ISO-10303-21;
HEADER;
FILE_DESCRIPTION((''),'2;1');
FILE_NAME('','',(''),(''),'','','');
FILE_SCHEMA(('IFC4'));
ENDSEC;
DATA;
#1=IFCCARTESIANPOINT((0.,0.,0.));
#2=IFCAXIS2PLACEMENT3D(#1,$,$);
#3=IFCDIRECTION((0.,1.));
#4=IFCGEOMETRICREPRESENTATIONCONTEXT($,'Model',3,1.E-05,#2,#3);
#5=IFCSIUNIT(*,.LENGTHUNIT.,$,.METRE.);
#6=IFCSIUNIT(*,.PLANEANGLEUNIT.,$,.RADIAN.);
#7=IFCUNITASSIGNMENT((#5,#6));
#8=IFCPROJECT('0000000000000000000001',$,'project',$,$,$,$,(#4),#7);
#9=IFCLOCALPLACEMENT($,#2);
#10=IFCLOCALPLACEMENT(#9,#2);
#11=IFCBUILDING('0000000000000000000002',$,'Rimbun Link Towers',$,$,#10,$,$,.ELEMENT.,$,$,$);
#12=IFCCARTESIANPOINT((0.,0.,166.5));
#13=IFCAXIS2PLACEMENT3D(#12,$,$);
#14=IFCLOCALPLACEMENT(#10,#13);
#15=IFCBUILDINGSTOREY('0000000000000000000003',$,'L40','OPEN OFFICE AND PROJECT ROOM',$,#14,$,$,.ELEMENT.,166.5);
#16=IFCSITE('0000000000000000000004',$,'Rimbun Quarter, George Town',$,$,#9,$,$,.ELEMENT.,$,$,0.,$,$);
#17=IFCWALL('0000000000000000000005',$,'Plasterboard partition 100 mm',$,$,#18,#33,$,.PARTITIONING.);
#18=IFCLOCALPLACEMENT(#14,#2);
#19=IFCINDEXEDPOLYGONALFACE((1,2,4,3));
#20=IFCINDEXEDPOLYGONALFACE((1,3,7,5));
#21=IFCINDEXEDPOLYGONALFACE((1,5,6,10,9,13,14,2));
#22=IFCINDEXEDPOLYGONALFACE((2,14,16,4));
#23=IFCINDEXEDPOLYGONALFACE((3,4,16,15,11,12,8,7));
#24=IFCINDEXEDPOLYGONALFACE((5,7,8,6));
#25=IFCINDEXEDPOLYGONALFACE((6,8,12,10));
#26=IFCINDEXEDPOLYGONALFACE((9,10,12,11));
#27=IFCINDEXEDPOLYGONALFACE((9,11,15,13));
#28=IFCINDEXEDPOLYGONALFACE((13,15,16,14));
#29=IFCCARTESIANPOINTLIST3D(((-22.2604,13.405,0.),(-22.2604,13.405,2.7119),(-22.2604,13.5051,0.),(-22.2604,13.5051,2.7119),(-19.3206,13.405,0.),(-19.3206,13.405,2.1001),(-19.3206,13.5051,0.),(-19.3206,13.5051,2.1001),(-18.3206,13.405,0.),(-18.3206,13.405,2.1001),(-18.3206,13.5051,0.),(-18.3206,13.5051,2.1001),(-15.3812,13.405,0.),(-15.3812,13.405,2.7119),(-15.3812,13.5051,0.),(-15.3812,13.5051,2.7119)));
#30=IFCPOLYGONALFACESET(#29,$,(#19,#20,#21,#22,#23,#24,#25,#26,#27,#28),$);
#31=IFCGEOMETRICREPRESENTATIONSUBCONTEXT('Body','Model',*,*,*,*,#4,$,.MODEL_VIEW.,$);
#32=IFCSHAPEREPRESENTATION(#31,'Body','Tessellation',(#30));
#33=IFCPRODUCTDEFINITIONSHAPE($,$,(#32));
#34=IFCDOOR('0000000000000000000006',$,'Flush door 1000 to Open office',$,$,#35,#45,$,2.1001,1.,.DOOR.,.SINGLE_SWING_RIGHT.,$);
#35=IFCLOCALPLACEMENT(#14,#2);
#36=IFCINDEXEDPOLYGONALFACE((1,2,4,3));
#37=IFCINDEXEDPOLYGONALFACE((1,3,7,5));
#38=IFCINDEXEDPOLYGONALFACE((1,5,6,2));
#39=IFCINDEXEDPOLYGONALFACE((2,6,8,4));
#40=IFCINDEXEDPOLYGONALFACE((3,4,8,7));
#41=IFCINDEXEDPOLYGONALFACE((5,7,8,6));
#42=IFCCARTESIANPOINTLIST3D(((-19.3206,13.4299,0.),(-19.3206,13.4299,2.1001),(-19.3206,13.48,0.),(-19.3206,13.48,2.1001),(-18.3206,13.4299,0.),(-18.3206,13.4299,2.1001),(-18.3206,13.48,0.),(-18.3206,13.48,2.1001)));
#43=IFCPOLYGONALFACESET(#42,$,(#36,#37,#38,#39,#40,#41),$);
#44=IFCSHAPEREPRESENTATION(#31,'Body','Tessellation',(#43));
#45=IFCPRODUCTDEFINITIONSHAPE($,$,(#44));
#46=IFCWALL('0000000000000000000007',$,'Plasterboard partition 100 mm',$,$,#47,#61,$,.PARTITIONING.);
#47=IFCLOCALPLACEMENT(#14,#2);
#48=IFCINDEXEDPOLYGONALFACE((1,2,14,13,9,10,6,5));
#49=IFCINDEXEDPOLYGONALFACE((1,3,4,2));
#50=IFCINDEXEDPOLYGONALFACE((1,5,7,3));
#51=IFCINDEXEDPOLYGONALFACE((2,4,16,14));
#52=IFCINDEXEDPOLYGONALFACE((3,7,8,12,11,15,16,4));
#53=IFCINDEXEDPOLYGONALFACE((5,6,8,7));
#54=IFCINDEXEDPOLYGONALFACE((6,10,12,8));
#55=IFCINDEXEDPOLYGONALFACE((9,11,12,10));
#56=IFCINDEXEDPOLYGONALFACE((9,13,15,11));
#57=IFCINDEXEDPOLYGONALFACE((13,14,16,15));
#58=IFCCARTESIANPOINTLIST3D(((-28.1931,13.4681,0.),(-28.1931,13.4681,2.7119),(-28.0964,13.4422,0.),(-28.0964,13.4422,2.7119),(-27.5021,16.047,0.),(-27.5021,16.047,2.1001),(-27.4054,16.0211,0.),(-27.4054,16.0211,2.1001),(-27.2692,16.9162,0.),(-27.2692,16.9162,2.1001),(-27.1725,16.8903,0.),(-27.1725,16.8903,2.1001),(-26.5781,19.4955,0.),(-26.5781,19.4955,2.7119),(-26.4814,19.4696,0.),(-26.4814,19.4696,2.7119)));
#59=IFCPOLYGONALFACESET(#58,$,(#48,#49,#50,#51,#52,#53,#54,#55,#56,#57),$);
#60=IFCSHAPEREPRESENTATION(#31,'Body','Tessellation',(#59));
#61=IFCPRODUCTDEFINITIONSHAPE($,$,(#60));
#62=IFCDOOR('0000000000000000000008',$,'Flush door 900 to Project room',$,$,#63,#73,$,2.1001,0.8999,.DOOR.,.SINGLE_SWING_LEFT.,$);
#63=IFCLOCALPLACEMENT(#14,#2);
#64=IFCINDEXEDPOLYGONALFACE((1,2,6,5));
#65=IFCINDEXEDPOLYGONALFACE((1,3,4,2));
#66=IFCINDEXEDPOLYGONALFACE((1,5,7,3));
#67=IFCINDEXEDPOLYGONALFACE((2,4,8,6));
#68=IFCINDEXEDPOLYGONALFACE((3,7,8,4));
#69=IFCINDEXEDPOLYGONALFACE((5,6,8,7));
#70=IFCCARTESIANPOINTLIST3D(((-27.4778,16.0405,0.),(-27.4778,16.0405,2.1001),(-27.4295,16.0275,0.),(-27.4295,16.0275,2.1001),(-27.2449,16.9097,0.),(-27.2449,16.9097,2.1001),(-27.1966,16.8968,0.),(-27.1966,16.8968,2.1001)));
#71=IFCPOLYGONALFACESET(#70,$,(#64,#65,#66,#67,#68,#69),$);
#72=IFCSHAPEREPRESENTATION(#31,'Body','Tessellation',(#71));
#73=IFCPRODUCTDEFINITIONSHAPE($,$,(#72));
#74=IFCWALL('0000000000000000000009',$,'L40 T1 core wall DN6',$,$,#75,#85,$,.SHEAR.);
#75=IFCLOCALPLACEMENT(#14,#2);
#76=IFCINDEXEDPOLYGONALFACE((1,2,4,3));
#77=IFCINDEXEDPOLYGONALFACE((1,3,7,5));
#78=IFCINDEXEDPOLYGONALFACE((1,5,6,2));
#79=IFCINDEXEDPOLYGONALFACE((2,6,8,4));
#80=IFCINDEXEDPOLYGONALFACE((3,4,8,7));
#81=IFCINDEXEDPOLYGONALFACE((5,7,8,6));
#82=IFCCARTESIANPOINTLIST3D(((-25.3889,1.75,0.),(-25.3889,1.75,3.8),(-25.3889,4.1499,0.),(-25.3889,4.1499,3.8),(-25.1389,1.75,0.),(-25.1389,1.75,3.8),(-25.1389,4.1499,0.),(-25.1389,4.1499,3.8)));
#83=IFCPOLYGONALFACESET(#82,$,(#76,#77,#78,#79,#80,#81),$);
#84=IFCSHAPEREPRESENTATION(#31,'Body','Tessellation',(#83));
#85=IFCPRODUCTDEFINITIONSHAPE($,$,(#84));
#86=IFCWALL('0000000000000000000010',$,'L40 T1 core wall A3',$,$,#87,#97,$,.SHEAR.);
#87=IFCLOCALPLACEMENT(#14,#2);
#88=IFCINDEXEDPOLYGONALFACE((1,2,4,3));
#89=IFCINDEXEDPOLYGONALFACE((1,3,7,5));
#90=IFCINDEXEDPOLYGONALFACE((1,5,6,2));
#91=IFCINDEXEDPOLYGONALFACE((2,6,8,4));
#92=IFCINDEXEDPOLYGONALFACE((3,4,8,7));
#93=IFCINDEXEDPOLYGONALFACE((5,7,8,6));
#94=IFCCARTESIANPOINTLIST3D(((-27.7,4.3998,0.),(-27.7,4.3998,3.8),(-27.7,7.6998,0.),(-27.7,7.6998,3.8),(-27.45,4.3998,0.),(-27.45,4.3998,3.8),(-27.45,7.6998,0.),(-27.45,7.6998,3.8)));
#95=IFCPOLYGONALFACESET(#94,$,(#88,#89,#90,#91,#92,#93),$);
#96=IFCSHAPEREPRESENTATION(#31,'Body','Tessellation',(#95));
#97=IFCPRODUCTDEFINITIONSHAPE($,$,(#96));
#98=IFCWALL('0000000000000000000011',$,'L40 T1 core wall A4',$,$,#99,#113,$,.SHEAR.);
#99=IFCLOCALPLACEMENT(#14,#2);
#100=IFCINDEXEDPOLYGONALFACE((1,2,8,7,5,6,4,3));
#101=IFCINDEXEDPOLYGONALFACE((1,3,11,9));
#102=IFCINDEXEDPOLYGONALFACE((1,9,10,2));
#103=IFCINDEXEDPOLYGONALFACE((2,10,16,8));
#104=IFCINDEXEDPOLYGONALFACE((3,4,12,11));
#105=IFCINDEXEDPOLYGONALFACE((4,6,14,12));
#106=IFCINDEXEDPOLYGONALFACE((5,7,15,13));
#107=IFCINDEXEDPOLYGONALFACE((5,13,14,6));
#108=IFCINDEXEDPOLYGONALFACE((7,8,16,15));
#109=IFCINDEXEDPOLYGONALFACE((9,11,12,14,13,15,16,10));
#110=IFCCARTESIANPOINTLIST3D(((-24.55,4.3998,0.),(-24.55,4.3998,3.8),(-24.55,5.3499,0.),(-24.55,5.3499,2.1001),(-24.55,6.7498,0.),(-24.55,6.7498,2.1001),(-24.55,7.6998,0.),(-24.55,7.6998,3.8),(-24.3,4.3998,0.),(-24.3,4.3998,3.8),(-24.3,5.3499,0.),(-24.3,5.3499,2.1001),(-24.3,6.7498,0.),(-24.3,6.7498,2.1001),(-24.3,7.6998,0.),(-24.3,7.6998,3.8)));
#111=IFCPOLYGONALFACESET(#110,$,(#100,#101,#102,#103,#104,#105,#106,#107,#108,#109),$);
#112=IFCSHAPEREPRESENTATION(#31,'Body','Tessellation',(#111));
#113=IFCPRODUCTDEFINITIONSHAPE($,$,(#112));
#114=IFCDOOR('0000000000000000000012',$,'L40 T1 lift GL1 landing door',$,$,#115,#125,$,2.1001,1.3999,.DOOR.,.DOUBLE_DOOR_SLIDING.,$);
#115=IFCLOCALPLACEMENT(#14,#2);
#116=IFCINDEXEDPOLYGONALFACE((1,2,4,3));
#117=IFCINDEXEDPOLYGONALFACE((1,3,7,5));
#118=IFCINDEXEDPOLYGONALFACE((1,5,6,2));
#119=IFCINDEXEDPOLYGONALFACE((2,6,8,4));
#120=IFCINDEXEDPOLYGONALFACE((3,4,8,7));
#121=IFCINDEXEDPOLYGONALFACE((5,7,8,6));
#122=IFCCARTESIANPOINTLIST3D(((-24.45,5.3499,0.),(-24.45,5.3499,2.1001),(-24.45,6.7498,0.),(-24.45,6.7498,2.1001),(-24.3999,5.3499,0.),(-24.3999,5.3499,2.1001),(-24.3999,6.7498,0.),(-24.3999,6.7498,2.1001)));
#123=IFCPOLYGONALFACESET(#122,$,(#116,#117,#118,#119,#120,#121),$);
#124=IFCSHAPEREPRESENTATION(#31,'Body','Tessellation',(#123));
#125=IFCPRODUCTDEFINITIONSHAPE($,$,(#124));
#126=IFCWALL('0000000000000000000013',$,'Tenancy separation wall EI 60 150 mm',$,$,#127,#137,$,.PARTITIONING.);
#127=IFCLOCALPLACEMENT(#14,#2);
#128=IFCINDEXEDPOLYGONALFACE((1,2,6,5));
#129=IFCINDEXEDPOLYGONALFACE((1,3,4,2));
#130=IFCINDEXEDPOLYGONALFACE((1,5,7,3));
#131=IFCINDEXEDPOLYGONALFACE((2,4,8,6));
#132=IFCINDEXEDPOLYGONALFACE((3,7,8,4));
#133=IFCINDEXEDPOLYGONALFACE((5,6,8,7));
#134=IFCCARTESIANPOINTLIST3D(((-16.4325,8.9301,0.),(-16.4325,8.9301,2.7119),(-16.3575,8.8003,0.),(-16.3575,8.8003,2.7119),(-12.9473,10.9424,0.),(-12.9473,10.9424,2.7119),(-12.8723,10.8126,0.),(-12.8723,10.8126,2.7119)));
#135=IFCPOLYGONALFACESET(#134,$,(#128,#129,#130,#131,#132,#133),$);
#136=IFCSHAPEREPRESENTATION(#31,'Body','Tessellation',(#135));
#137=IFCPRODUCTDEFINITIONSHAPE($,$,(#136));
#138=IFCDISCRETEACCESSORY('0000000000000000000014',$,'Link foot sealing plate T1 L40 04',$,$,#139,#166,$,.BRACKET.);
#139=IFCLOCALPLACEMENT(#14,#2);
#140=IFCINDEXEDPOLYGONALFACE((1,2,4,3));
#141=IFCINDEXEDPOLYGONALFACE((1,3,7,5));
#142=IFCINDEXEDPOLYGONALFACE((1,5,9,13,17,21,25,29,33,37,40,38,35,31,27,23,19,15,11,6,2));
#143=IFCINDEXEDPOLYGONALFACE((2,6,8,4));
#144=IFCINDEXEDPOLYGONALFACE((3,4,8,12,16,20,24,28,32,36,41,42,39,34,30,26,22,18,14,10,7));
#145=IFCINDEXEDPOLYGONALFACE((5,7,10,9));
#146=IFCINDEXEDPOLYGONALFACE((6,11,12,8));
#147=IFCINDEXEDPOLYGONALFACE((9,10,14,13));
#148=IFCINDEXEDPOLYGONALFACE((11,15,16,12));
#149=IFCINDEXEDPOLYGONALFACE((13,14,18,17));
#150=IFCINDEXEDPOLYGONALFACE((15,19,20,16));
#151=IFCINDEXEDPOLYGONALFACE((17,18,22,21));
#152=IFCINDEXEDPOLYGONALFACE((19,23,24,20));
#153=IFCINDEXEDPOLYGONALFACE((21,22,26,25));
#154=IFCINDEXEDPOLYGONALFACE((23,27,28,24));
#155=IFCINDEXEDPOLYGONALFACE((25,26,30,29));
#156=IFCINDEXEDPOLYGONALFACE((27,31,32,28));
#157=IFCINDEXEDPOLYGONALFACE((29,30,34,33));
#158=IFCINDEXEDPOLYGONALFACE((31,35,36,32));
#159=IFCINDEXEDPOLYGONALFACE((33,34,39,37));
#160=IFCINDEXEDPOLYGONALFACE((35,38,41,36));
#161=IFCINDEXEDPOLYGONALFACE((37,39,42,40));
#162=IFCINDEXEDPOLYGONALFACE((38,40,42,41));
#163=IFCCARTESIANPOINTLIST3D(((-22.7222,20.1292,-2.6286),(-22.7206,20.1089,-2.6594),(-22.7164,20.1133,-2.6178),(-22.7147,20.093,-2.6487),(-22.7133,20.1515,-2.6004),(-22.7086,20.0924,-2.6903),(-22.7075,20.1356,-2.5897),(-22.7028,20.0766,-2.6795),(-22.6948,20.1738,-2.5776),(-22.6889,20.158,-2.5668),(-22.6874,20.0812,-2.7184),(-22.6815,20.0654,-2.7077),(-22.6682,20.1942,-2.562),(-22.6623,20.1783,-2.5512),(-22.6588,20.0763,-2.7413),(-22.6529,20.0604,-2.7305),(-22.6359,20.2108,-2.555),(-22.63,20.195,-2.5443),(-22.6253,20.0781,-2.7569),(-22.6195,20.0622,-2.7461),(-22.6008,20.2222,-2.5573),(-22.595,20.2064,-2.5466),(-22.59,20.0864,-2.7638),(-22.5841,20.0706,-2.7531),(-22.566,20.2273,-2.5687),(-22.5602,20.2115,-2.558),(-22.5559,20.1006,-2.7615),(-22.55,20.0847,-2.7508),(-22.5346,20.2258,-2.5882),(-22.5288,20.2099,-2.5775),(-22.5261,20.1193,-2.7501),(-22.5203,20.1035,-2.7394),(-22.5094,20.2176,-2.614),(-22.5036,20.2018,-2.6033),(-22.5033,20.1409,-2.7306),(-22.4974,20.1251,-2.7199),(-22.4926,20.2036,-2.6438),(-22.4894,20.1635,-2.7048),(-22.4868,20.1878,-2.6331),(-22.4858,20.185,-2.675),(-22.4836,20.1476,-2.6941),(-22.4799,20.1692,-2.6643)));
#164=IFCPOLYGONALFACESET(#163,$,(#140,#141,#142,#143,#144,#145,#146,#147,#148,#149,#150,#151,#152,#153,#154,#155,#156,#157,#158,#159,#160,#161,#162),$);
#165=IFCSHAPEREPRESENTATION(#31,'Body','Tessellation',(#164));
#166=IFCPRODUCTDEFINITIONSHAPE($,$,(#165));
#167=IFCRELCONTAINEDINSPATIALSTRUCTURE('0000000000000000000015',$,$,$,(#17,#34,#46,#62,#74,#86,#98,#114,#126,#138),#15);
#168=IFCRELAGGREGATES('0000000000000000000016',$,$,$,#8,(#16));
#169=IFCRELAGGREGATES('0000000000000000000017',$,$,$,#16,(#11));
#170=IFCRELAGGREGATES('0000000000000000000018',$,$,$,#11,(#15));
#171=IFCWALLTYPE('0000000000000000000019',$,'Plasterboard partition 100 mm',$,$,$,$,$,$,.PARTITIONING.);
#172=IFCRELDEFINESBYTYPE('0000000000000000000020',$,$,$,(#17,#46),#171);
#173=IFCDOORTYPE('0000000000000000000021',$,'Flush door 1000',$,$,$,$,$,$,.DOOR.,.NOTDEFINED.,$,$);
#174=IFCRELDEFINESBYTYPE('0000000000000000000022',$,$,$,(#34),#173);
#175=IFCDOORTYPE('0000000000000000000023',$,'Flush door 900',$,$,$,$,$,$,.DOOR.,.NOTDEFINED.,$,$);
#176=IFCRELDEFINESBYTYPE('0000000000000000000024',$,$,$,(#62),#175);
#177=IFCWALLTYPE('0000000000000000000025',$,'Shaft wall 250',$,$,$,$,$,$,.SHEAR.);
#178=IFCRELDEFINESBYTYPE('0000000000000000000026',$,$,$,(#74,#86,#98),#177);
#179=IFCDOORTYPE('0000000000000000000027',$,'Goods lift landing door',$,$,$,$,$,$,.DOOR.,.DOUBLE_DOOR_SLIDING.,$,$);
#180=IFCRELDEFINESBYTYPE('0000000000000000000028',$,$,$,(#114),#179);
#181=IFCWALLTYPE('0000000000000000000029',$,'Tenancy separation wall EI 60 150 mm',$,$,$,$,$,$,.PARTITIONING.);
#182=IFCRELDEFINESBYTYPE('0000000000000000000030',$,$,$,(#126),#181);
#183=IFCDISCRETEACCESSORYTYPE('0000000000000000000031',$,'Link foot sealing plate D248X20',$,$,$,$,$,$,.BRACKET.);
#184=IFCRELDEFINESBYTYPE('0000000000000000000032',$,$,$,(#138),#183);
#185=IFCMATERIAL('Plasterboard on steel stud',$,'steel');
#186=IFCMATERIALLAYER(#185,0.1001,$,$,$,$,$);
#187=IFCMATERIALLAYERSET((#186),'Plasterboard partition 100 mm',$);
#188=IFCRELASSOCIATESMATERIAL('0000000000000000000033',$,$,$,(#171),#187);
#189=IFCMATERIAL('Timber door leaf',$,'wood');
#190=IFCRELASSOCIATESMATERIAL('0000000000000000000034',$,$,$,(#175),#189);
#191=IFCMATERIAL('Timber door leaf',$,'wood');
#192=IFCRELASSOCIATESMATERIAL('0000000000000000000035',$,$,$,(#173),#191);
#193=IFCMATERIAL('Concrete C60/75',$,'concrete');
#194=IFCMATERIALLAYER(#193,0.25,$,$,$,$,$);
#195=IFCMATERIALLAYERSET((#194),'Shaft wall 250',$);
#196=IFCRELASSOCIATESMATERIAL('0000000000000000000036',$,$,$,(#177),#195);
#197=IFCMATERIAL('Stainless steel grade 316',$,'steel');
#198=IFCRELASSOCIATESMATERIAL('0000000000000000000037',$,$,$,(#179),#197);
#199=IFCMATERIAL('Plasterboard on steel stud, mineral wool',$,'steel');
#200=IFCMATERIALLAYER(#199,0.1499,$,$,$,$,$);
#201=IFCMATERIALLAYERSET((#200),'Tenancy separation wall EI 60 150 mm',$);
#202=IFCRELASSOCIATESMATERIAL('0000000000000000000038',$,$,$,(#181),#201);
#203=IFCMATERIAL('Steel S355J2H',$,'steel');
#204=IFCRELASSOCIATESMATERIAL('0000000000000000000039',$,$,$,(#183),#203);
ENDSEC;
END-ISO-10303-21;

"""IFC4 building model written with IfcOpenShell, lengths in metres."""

from ifc_helpers import new_model, si_unit, direction, frame, frame_2d, origin, origin_2d, place, context, subcontext, project, spatial, rectangle, circle, extrude, material, layer, layer_set, material_profile, profile_set, type_object, element, fill, save


model = new_model("IFC4")

# Units and contexts
model_context = context("Model", 3, precision=1e-05, world=origin(), true_north=direction((0.0, 1.0)))
body_context = subcontext(model_context, "Body", "Model", "MODEL_VIEW")
ifc_project = project(units=[si_unit("LENGTHUNIT", "METRE"), si_unit("PLANEANGLEUNIT", "RADIAN")], contexts=[model_context])

# Site, building, storey
site_placement = place(None, origin())
site = spatial("IfcSite", under=ifc_project, at=site_placement, Name="Rimbun Quarter, George Town", CompositionType="ELEMENT", RefElevation=0.0)
building_placement = place(site_placement, origin())
building = spatial("IfcBuilding", under=site, at=building_placement, Name="Rimbun Link Towers", CompositionType="ELEMENT")
storey_placement = place(building_placement, frame((0.0, 0.0, 166.5)))
storey = spatial("IfcBuildingStorey", under=building, at=storey_placement, Name="L40", Description="OPEN OFFICE AND PROJECT ROOM", CompositionType="ELEMENT", Elevation=166.5)

# Walls, openings, doors
ifc_material_1 = material(Name="Plasterboard on steel stud", Category="steel")
ifc_layer_1 = layer(ifc_material_1, 0.1001)
ifc_layer_set_1 = layer_set([ifc_layer_1], Name="Plasterboard partition 100 mm")
wall_type_1 = type_object("IfcWallType", Name="Plasterboard partition 100 mm", PredefinedType="PARTITIONING", material=ifc_layer_set_1)
ifc_material_2 = material(Name="Timber door leaf", Category="wood")
door_type_1 = type_object("IfcDoorType", Name="Flush door 900", OperationType="NOTDEFINED", PredefinedType="DOOR", material=ifc_material_2)
wall_1_placement = place(storey_placement, frame((-22.2603, 13.4551, 0.0), z_axis=(0.0, 0.0, 1.0), x_axis=(1.0, 0.0, 0.0)))
wall_1 = element("IfcWall", 1, at=wall_1_placement, inside=storey, type_object=wall_type_1, Name="Plasterboard partition 100 mm", PredefinedType="PARTITIONING", context=body_context, shape_type="SweptSolid", body=[
    extrude(rectangle(XDim=6.8792, YDim=0.1001, at=frame_2d((3.4395, 0.0))), origin(), (0.0, 0.0, 1.0), 2.7119),
])
opening_1_placement = place(wall_1_placement, frame((2.9397, 0.0, 0.0)))
opening_1 = element("IfcOpeningElement", 2, at=opening_1_placement, cuts=wall_1, PredefinedType="OPENING", context=body_context, shape_type="SweptSolid", body=[
    extrude(rectangle(XDim=1.0, YDim=2.1001, at=frame_2d((0.5, 1.05))), frame((0.0, 0.0601, 0.0), z_axis=(0.0, -1.0, 0.0), x_axis=(1.0, 0.0, 0.0)), (0.0, 0.0, 1.0), 0.1201),
])
ifc_material_3 = material(Name="Timber door leaf", Category="wood")
door_type_2 = type_object("IfcDoorType", Name="Flush door 1000", OperationType="NOTDEFINED", PredefinedType="DOOR", material=ifc_material_3)
door_1_placement = place(opening_1_placement, origin())
door_1 = element("IfcDoor", 3, at=door_1_placement, inside=storey, type_object=door_type_2, Name="Flush door 1000 to Open office", OperationType="SINGLE_SWING_RIGHT", OverallHeight=2.1001, OverallWidth=1.0, PredefinedType="DOOR", context=body_context, shape_type="SweptSolid", body=[
    extrude(rectangle(XDim=1.0, YDim=2.1001, at=frame_2d((0.5, 1.05))), frame((0.0, 0.0249, 0.0), z_axis=(0.0, -1.0, 0.0), x_axis=(1.0, 0.0, 0.0)), (0.0, 0.0, 1.0), 0.05),
])
fill(opening_1, door_1)
wall_2_placement = place(storey_placement, frame((-28.1448, 13.4551, 0.0), z_axis=(0.0, 0.0, 1.0), x_axis=(0.258814, 0.965927, 0.0)))
wall_2 = element("IfcWall", 4, at=wall_2_placement, inside=storey, type_object=wall_type_1, Name="Plasterboard partition 100 mm", PredefinedType="PARTITIONING", context=body_context, shape_type="SweptSolid", body=[
    extrude(rectangle(XDim=6.24, YDim=0.1001, at=frame_2d((3.1201, 0.0))), origin(), (0.0, 0.0, 1.0), 2.7119),
])
opening_2_placement = place(wall_2_placement, frame((2.6699, 0.0, 0.0)))
opening_2 = element("IfcOpeningElement", 5, at=opening_2_placement, cuts=wall_2, PredefinedType="OPENING", context=body_context, shape_type="SweptSolid", body=[
    extrude(rectangle(XDim=0.8999, YDim=2.1001, at=frame_2d((0.45, 1.05))), frame((0.0, 0.0601, 0.0), z_axis=(0.0, -1.0, 0.0), x_axis=(1.0, 0.0, 0.0)), (0.0, 0.0, 1.0), 0.1201),
])
door_2_placement = place(opening_2_placement, origin())
door_2 = element("IfcDoor", 6, at=door_2_placement, inside=storey, type_object=door_type_1, Name="Flush door 900 to Project room", OperationType="SINGLE_SWING_LEFT", OverallHeight=2.1001, OverallWidth=0.8999, PredefinedType="DOOR", context=body_context, shape_type="SweptSolid", body=[
    extrude(rectangle(XDim=0.8999, YDim=2.1001, at=frame_2d((0.45, 1.05))), frame((0.0, 0.0249, 0.0), z_axis=(0.0, -1.0, 0.0), x_axis=(1.0, 0.0, 0.0)), (0.0, 0.0, 1.0), 0.05),
])
fill(opening_2, door_2)

# Walls
ifc_material_4 = material(Name="Concrete C60/75", Category="concrete")
ifc_layer_2 = layer(ifc_material_4, 0.25)
ifc_layer_set_2 = layer_set([ifc_layer_2], Name="Shaft wall 250")
wall_type_2 = type_object("IfcWallType", Name="Shaft wall 250", PredefinedType="SHEAR", material=ifc_layer_set_2)
wall_3_placement = place(storey_placement, frame((-25.2639, 1.75, 0.0), z_axis=(0.0, 0.0, 1.0), x_axis=(0.0, 1.0, 0.0)))
element("IfcWall", 7, at=wall_3_placement, inside=storey, type_object=wall_type_2, Name="L40 T1 core wall DN6", PredefinedType="SHEAR", context=body_context, shape_type="SweptSolid", body=[
    extrude(rectangle(XDim=2.3999, YDim=0.25, at=frame_2d((1.2, 0.0))), origin(), (0.0, 0.0, 1.0), 3.8),
])
wall_4_placement = place(storey_placement, frame((-27.575, 4.3999, 0.0), z_axis=(0.0, 0.0, 1.0), x_axis=(0.0, 1.0, 0.0)))
element("IfcWall", 8, at=wall_4_placement, inside=storey, type_object=wall_type_2, Name="L40 T1 core wall A3", PredefinedType="SHEAR", context=body_context, shape_type="SweptSolid", body=[
    extrude(rectangle(XDim=3.3, YDim=0.25, at=frame_2d((1.6499, 0.0))), origin(), (0.0, 0.0, 1.0), 3.8),
])

# Wall, opening, door
wall_5_placement = place(storey_placement, frame((-24.425, 4.3999, 0.0), z_axis=(0.0, 0.0, 1.0), x_axis=(0.0, 1.0, 0.0)))
wall_5 = element("IfcWall", 9, at=wall_5_placement, inside=storey, type_object=wall_type_2, Name="L40 T1 core wall A4", PredefinedType="SHEAR", context=body_context, shape_type="SweptSolid", body=[
    extrude(rectangle(XDim=3.3, YDim=0.25, at=frame_2d((1.6499, 0.0))), origin(), (0.0, 0.0, 1.0), 3.8),
])
opening_3_placement = place(wall_5_placement, frame((0.95, 0.0, 0.0)))
opening_3 = element("IfcOpeningElement", 10, at=opening_3_placement, cuts=wall_5, PredefinedType="OPENING", context=body_context, shape_type="SweptSolid", body=[
    extrude(rectangle(XDim=1.3999, YDim=2.1001, at=frame_2d((0.7, 1.05))), frame((0.0, 0.135, 0.0), z_axis=(0.0, -1.0, 0.0), x_axis=(1.0, 0.0, 0.0)), (0.0, 0.0, 1.0), 0.27),
])
ifc_material_5 = material(Name="Stainless steel grade 316", Category="steel")
door_type_3 = type_object("IfcDoorType", Name="Goods lift landing door", OperationType="DOUBLE_DOOR_SLIDING", PredefinedType="DOOR", material=ifc_material_5)
door_3_placement = place(opening_3_placement, origin())
door_3 = element("IfcDoor", 11, at=door_3_placement, inside=storey, type_object=door_type_3, Name="L40 T1 lift GL1 landing door", OperationType="DOUBLE_DOOR_SLIDING", OverallHeight=2.1001, OverallWidth=1.3999, PredefinedType="DOOR", context=body_context, shape_type="SweptSolid", body=[
    extrude(rectangle(XDim=1.3999, YDim=2.1001, at=frame_2d((0.7, 1.05))), frame((0.0, 0.0249, 0.0), z_axis=(0.0, -1.0, 0.0), x_axis=(1.0, 0.0, 0.0)), (0.0, 0.0, 1.0), 0.05),
])
fill(opening_3, door_3)

# Wall
ifc_material_6 = material(Name="Plasterboard on steel stud, mineral wool", Category="steel")
ifc_layer_3 = layer(ifc_material_6, 0.1499)
ifc_layer_set_3 = layer_set([ifc_layer_3], Name="Tenancy separation wall EI 60 150 mm")
wall_type_3 = type_object("IfcWallType", Name="Tenancy separation wall EI 60 150 mm", PredefinedType="PARTITIONING", material=ifc_layer_set_3)
wall_6_placement = place(storey_placement, frame((-16.395, 8.8652, 0.0), z_axis=(0.0, 0.0, 1.0), x_axis=(0.866017, 0.500015, 0.0)))
element("IfcWall", 12, at=wall_6_placement, inside=storey, type_object=wall_type_3, Name="Tenancy separation wall EI 60 150 mm", PredefinedType="PARTITIONING", context=body_context, shape_type="SweptSolid", body=[
    extrude(rectangle(XDim=4.0244, YDim=0.1499, at=frame_2d((2.0122, 0.0))), origin(), (0.0, 0.0, 1.0), 2.7119),
])

# Discrete accessory
ifc_material_7 = material(Name="Steel S355J2H", Category="steel")
ifc_material_profile_1 = material_profile(ifc_material_7, circle(Radius=0.124, at=origin_2d()), Name="PL D248")
ifc_profile_set_1 = profile_set([ifc_material_profile_1], Name="Steel S355J2H")
discrete_accessory_type = type_object("IfcDiscreteAccessoryType", Name="Link foot sealing plate D248X20", PredefinedType="BRACKET", material=ifc_profile_set_1)
for number, where, z_axis, x_axis, name in (
    (13, (-22.5984, 20.136, -2.6487), (-0.2924, 0.791918, -0.536067), (-0.938096, -0.346374, 0.0), "Link foot sealing plate T1 L40 04"),
):
    element("IfcDiscreteAccessory", number, at=place(storey_placement, frame(where, z_axis=z_axis, x_axis=x_axis)), inside=storey, type_object=discrete_accessory_type, Name=name, PredefinedType="BRACKET", context=body_context, shape_type="SweptSolid", body=[
        extrude(circle(Radius=0.124, at=origin_2d()), origin(), (0.0, 0.0, 1.0), 0.02),
    ])

save(model, "model.ifc")
